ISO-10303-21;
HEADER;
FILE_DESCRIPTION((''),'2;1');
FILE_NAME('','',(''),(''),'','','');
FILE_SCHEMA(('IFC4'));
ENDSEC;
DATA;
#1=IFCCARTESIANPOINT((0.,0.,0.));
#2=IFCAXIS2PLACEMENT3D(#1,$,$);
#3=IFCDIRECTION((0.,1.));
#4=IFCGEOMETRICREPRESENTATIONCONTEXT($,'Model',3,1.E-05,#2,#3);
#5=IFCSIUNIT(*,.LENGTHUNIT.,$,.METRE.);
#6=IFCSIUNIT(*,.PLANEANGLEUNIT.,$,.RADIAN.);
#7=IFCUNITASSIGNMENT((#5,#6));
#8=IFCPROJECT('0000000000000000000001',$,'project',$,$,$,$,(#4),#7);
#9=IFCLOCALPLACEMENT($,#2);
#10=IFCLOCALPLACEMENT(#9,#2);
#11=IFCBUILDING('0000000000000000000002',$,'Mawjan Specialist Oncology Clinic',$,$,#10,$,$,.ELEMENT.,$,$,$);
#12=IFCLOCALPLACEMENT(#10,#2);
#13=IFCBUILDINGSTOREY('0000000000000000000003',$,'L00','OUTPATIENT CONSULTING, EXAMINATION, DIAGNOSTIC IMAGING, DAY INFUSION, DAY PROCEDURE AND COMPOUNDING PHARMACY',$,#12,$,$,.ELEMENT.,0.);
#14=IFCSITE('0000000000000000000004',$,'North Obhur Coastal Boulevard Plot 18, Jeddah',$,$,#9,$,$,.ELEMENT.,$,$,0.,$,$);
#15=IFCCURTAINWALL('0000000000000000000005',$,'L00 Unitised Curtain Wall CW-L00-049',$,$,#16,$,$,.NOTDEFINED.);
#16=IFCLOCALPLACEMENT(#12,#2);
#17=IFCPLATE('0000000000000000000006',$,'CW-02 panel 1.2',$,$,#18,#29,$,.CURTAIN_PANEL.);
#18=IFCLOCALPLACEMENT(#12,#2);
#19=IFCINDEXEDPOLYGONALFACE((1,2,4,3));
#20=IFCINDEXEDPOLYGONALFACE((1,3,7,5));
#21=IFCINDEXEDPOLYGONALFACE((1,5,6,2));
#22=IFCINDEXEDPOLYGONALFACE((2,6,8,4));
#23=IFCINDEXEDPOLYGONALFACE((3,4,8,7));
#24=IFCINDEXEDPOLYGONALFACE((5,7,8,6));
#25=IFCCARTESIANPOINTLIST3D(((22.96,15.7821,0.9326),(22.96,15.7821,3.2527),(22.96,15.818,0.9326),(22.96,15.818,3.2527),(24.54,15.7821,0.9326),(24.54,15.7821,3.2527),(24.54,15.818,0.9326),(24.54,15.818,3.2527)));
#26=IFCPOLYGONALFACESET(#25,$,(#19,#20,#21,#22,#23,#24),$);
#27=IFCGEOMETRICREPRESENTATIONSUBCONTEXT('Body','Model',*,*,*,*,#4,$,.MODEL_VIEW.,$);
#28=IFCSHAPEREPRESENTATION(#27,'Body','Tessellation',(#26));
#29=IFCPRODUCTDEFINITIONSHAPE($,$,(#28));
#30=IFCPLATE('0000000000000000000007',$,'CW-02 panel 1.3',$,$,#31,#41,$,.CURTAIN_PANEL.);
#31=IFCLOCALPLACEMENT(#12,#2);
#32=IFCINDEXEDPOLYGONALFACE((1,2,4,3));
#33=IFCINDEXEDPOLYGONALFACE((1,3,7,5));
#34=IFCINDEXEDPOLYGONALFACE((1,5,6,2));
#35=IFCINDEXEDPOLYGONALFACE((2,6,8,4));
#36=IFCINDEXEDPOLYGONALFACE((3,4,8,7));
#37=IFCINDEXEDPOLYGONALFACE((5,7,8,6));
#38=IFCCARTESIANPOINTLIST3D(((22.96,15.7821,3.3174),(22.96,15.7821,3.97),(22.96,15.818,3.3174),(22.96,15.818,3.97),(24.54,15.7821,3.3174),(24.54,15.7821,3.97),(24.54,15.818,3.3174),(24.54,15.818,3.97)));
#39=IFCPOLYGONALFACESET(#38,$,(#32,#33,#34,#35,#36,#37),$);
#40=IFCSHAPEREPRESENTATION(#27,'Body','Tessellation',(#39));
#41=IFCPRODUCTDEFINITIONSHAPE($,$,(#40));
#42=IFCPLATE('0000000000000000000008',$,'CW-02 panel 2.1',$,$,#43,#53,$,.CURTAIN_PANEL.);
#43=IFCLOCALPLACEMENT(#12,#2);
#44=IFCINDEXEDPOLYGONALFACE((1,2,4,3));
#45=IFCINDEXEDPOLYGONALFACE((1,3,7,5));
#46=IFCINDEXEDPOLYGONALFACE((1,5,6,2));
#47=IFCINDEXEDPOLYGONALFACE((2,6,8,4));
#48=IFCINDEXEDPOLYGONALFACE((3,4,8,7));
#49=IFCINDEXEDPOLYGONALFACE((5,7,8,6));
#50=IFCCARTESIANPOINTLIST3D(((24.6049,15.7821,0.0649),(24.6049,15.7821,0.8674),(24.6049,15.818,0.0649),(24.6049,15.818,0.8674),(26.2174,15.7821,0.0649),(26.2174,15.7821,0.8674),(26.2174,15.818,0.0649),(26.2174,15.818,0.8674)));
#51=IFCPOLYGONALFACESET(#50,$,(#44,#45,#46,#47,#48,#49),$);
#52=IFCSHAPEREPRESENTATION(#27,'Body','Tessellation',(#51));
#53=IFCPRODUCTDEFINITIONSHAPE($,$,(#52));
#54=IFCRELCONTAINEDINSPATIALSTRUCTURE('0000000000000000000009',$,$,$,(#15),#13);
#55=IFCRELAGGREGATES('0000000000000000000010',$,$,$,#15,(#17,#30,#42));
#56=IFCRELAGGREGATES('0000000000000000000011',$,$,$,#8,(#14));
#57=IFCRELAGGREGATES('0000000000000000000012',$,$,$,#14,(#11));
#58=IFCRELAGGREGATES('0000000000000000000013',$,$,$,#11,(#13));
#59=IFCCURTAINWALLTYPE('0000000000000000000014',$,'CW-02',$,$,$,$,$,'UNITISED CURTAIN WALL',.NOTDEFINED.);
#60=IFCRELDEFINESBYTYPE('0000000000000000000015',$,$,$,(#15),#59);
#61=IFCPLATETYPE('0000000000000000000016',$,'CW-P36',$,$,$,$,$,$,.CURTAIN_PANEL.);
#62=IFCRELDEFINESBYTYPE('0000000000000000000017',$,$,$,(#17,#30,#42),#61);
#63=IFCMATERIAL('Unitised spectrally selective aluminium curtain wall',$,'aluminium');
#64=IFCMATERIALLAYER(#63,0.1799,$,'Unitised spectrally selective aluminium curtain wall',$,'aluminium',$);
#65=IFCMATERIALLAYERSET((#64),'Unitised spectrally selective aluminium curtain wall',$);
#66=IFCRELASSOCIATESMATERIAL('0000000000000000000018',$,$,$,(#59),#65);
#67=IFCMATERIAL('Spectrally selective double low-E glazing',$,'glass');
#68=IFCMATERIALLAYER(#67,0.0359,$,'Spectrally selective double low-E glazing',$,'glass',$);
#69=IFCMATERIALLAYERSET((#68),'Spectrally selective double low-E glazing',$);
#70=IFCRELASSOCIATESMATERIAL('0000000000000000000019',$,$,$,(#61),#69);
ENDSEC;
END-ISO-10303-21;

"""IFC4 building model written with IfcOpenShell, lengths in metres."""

from ifc_helpers import new_model, si_unit, direction, frame, origin, origin_2d, place, context, subcontext, project, spatial, rectangle, extrude, material, layer, layer_set, type_object, element, aggregate, save


model = new_model("IFC4")

# Units and contexts
model_context = context("Model", 3, precision=1e-05, world=origin(), true_north=direction((0.0, 1.0)))
body_context = subcontext(model_context, "Body", "Model", "MODEL_VIEW")
ifc_project = project(units=[si_unit("LENGTHUNIT", "METRE"), si_unit("PLANEANGLEUNIT", "RADIAN")], contexts=[model_context])

# Site, building, storey
site_placement = place(None, origin())
site = spatial("IfcSite", under=ifc_project, at=site_placement, Name="North Obhur Coastal Boulevard Plot 18, Jeddah", CompositionType="ELEMENT", RefElevation=0.0)
building_placement = place(site_placement, origin())
building = spatial("IfcBuilding", under=site, at=building_placement, Name="Mawjan Specialist Oncology Clinic", CompositionType="ELEMENT")
storey_placement = place(building_placement, origin())
storey = spatial("IfcBuildingStorey", under=building, at=storey_placement, Name="L00", Description="OUTPATIENT CONSULTING, EXAMINATION, DIAGNOSTIC IMAGING, DAY INFUSION, DAY PROCEDURE AND COMPOUNDING PHARMACY", CompositionType="ELEMENT", Elevation=0.0)

# Shared definitions
ifc_material_1 = material(Name="Unitised spectrally selective aluminium curtain wall", Category="aluminium")
ifc_layer_1 = layer(ifc_material_1, 0.1799, Name="Unitised spectrally selective aluminium curtain wall", Category="aluminium")
ifc_layer_set_1 = layer_set([ifc_layer_1], Name="Unitised spectrally selective aluminium curtain wall")
curtain_wall_type = type_object("IfcCurtainWallType", Name="CW-02", ElementType="UNITISED CURTAIN WALL", PredefinedType="NOTDEFINED", material=ifc_layer_set_1)

# Curtain wall
curtain_wall_1_placement = place(storey_placement, origin())
curtain_wall_1 = element("IfcCurtainWall", 1, at=curtain_wall_1_placement, inside=storey, type_object=curtain_wall_type, Name="L00 Unitised Curtain Wall CW-L00-049", PredefinedType="NOTDEFINED")

# Plates
ifc_material_2 = material(Name="Spectrally selective double low-E glazing", Category="glass")
ifc_layer_2 = layer(ifc_material_2, 0.0359, Name="Spectrally selective double low-E glazing", Category="glass")
ifc_layer_set_2 = layer_set([ifc_layer_2], Name="Spectrally selective double low-E glazing")
plate_type = type_object("IfcPlateType", Name="CW-P36", PredefinedType="CURTAIN_PANEL", material=ifc_layer_set_2)
plate_1_placement = place(storey_placement, frame((23.75, 15.8, 0.9326), z_axis=(0.0, 0.0, 1.0), x_axis=(1.0, 0.0, 0.0)))
plate_1 = element("IfcPlate", 2, at=plate_1_placement, type_object=plate_type, Name="CW-02 panel 1.2", PredefinedType="CURTAIN_PANEL", context=body_context, shape_type="SweptSolid", body=[
    extrude(rectangle(XDim=1.5801, YDim=0.0359, at=origin_2d()), origin(), (0.0, 0.0, 1.0), 2.3201),
])
plate_2_placement = place(storey_placement, frame((23.75, 15.8, 3.3174), z_axis=(0.0, 0.0, 1.0), x_axis=(1.0, 0.0, 0.0)))
plate_2 = element("IfcPlate", 3, at=plate_2_placement, type_object=plate_type, Name="CW-02 panel 1.3", PredefinedType="CURTAIN_PANEL", context=body_context, shape_type="SweptSolid", body=[
    extrude(rectangle(XDim=1.5801, YDim=0.0359, at=origin_2d()), origin(), (0.0, 0.0, 1.0), 0.6526),
])
plate_3_placement = place(storey_placement, frame((25.4111, 15.8, 0.0649), z_axis=(0.0, 0.0, 1.0), x_axis=(1.0, 0.0, 0.0)))
plate_3 = element("IfcPlate", 4, at=plate_3_placement, type_object=plate_type, Name="CW-02 panel 2.1", PredefinedType="CURTAIN_PANEL", context=body_context, shape_type="SweptSolid", body=[
    extrude(rectangle(XDim=1.6125, YDim=0.0359, at=origin_2d()), origin(), (0.0, 0.0, 1.0), 0.8025),
])
aggregate(curtain_wall_1, [plate_1, plate_2, plate_3])

save(model, "model.ifc")
